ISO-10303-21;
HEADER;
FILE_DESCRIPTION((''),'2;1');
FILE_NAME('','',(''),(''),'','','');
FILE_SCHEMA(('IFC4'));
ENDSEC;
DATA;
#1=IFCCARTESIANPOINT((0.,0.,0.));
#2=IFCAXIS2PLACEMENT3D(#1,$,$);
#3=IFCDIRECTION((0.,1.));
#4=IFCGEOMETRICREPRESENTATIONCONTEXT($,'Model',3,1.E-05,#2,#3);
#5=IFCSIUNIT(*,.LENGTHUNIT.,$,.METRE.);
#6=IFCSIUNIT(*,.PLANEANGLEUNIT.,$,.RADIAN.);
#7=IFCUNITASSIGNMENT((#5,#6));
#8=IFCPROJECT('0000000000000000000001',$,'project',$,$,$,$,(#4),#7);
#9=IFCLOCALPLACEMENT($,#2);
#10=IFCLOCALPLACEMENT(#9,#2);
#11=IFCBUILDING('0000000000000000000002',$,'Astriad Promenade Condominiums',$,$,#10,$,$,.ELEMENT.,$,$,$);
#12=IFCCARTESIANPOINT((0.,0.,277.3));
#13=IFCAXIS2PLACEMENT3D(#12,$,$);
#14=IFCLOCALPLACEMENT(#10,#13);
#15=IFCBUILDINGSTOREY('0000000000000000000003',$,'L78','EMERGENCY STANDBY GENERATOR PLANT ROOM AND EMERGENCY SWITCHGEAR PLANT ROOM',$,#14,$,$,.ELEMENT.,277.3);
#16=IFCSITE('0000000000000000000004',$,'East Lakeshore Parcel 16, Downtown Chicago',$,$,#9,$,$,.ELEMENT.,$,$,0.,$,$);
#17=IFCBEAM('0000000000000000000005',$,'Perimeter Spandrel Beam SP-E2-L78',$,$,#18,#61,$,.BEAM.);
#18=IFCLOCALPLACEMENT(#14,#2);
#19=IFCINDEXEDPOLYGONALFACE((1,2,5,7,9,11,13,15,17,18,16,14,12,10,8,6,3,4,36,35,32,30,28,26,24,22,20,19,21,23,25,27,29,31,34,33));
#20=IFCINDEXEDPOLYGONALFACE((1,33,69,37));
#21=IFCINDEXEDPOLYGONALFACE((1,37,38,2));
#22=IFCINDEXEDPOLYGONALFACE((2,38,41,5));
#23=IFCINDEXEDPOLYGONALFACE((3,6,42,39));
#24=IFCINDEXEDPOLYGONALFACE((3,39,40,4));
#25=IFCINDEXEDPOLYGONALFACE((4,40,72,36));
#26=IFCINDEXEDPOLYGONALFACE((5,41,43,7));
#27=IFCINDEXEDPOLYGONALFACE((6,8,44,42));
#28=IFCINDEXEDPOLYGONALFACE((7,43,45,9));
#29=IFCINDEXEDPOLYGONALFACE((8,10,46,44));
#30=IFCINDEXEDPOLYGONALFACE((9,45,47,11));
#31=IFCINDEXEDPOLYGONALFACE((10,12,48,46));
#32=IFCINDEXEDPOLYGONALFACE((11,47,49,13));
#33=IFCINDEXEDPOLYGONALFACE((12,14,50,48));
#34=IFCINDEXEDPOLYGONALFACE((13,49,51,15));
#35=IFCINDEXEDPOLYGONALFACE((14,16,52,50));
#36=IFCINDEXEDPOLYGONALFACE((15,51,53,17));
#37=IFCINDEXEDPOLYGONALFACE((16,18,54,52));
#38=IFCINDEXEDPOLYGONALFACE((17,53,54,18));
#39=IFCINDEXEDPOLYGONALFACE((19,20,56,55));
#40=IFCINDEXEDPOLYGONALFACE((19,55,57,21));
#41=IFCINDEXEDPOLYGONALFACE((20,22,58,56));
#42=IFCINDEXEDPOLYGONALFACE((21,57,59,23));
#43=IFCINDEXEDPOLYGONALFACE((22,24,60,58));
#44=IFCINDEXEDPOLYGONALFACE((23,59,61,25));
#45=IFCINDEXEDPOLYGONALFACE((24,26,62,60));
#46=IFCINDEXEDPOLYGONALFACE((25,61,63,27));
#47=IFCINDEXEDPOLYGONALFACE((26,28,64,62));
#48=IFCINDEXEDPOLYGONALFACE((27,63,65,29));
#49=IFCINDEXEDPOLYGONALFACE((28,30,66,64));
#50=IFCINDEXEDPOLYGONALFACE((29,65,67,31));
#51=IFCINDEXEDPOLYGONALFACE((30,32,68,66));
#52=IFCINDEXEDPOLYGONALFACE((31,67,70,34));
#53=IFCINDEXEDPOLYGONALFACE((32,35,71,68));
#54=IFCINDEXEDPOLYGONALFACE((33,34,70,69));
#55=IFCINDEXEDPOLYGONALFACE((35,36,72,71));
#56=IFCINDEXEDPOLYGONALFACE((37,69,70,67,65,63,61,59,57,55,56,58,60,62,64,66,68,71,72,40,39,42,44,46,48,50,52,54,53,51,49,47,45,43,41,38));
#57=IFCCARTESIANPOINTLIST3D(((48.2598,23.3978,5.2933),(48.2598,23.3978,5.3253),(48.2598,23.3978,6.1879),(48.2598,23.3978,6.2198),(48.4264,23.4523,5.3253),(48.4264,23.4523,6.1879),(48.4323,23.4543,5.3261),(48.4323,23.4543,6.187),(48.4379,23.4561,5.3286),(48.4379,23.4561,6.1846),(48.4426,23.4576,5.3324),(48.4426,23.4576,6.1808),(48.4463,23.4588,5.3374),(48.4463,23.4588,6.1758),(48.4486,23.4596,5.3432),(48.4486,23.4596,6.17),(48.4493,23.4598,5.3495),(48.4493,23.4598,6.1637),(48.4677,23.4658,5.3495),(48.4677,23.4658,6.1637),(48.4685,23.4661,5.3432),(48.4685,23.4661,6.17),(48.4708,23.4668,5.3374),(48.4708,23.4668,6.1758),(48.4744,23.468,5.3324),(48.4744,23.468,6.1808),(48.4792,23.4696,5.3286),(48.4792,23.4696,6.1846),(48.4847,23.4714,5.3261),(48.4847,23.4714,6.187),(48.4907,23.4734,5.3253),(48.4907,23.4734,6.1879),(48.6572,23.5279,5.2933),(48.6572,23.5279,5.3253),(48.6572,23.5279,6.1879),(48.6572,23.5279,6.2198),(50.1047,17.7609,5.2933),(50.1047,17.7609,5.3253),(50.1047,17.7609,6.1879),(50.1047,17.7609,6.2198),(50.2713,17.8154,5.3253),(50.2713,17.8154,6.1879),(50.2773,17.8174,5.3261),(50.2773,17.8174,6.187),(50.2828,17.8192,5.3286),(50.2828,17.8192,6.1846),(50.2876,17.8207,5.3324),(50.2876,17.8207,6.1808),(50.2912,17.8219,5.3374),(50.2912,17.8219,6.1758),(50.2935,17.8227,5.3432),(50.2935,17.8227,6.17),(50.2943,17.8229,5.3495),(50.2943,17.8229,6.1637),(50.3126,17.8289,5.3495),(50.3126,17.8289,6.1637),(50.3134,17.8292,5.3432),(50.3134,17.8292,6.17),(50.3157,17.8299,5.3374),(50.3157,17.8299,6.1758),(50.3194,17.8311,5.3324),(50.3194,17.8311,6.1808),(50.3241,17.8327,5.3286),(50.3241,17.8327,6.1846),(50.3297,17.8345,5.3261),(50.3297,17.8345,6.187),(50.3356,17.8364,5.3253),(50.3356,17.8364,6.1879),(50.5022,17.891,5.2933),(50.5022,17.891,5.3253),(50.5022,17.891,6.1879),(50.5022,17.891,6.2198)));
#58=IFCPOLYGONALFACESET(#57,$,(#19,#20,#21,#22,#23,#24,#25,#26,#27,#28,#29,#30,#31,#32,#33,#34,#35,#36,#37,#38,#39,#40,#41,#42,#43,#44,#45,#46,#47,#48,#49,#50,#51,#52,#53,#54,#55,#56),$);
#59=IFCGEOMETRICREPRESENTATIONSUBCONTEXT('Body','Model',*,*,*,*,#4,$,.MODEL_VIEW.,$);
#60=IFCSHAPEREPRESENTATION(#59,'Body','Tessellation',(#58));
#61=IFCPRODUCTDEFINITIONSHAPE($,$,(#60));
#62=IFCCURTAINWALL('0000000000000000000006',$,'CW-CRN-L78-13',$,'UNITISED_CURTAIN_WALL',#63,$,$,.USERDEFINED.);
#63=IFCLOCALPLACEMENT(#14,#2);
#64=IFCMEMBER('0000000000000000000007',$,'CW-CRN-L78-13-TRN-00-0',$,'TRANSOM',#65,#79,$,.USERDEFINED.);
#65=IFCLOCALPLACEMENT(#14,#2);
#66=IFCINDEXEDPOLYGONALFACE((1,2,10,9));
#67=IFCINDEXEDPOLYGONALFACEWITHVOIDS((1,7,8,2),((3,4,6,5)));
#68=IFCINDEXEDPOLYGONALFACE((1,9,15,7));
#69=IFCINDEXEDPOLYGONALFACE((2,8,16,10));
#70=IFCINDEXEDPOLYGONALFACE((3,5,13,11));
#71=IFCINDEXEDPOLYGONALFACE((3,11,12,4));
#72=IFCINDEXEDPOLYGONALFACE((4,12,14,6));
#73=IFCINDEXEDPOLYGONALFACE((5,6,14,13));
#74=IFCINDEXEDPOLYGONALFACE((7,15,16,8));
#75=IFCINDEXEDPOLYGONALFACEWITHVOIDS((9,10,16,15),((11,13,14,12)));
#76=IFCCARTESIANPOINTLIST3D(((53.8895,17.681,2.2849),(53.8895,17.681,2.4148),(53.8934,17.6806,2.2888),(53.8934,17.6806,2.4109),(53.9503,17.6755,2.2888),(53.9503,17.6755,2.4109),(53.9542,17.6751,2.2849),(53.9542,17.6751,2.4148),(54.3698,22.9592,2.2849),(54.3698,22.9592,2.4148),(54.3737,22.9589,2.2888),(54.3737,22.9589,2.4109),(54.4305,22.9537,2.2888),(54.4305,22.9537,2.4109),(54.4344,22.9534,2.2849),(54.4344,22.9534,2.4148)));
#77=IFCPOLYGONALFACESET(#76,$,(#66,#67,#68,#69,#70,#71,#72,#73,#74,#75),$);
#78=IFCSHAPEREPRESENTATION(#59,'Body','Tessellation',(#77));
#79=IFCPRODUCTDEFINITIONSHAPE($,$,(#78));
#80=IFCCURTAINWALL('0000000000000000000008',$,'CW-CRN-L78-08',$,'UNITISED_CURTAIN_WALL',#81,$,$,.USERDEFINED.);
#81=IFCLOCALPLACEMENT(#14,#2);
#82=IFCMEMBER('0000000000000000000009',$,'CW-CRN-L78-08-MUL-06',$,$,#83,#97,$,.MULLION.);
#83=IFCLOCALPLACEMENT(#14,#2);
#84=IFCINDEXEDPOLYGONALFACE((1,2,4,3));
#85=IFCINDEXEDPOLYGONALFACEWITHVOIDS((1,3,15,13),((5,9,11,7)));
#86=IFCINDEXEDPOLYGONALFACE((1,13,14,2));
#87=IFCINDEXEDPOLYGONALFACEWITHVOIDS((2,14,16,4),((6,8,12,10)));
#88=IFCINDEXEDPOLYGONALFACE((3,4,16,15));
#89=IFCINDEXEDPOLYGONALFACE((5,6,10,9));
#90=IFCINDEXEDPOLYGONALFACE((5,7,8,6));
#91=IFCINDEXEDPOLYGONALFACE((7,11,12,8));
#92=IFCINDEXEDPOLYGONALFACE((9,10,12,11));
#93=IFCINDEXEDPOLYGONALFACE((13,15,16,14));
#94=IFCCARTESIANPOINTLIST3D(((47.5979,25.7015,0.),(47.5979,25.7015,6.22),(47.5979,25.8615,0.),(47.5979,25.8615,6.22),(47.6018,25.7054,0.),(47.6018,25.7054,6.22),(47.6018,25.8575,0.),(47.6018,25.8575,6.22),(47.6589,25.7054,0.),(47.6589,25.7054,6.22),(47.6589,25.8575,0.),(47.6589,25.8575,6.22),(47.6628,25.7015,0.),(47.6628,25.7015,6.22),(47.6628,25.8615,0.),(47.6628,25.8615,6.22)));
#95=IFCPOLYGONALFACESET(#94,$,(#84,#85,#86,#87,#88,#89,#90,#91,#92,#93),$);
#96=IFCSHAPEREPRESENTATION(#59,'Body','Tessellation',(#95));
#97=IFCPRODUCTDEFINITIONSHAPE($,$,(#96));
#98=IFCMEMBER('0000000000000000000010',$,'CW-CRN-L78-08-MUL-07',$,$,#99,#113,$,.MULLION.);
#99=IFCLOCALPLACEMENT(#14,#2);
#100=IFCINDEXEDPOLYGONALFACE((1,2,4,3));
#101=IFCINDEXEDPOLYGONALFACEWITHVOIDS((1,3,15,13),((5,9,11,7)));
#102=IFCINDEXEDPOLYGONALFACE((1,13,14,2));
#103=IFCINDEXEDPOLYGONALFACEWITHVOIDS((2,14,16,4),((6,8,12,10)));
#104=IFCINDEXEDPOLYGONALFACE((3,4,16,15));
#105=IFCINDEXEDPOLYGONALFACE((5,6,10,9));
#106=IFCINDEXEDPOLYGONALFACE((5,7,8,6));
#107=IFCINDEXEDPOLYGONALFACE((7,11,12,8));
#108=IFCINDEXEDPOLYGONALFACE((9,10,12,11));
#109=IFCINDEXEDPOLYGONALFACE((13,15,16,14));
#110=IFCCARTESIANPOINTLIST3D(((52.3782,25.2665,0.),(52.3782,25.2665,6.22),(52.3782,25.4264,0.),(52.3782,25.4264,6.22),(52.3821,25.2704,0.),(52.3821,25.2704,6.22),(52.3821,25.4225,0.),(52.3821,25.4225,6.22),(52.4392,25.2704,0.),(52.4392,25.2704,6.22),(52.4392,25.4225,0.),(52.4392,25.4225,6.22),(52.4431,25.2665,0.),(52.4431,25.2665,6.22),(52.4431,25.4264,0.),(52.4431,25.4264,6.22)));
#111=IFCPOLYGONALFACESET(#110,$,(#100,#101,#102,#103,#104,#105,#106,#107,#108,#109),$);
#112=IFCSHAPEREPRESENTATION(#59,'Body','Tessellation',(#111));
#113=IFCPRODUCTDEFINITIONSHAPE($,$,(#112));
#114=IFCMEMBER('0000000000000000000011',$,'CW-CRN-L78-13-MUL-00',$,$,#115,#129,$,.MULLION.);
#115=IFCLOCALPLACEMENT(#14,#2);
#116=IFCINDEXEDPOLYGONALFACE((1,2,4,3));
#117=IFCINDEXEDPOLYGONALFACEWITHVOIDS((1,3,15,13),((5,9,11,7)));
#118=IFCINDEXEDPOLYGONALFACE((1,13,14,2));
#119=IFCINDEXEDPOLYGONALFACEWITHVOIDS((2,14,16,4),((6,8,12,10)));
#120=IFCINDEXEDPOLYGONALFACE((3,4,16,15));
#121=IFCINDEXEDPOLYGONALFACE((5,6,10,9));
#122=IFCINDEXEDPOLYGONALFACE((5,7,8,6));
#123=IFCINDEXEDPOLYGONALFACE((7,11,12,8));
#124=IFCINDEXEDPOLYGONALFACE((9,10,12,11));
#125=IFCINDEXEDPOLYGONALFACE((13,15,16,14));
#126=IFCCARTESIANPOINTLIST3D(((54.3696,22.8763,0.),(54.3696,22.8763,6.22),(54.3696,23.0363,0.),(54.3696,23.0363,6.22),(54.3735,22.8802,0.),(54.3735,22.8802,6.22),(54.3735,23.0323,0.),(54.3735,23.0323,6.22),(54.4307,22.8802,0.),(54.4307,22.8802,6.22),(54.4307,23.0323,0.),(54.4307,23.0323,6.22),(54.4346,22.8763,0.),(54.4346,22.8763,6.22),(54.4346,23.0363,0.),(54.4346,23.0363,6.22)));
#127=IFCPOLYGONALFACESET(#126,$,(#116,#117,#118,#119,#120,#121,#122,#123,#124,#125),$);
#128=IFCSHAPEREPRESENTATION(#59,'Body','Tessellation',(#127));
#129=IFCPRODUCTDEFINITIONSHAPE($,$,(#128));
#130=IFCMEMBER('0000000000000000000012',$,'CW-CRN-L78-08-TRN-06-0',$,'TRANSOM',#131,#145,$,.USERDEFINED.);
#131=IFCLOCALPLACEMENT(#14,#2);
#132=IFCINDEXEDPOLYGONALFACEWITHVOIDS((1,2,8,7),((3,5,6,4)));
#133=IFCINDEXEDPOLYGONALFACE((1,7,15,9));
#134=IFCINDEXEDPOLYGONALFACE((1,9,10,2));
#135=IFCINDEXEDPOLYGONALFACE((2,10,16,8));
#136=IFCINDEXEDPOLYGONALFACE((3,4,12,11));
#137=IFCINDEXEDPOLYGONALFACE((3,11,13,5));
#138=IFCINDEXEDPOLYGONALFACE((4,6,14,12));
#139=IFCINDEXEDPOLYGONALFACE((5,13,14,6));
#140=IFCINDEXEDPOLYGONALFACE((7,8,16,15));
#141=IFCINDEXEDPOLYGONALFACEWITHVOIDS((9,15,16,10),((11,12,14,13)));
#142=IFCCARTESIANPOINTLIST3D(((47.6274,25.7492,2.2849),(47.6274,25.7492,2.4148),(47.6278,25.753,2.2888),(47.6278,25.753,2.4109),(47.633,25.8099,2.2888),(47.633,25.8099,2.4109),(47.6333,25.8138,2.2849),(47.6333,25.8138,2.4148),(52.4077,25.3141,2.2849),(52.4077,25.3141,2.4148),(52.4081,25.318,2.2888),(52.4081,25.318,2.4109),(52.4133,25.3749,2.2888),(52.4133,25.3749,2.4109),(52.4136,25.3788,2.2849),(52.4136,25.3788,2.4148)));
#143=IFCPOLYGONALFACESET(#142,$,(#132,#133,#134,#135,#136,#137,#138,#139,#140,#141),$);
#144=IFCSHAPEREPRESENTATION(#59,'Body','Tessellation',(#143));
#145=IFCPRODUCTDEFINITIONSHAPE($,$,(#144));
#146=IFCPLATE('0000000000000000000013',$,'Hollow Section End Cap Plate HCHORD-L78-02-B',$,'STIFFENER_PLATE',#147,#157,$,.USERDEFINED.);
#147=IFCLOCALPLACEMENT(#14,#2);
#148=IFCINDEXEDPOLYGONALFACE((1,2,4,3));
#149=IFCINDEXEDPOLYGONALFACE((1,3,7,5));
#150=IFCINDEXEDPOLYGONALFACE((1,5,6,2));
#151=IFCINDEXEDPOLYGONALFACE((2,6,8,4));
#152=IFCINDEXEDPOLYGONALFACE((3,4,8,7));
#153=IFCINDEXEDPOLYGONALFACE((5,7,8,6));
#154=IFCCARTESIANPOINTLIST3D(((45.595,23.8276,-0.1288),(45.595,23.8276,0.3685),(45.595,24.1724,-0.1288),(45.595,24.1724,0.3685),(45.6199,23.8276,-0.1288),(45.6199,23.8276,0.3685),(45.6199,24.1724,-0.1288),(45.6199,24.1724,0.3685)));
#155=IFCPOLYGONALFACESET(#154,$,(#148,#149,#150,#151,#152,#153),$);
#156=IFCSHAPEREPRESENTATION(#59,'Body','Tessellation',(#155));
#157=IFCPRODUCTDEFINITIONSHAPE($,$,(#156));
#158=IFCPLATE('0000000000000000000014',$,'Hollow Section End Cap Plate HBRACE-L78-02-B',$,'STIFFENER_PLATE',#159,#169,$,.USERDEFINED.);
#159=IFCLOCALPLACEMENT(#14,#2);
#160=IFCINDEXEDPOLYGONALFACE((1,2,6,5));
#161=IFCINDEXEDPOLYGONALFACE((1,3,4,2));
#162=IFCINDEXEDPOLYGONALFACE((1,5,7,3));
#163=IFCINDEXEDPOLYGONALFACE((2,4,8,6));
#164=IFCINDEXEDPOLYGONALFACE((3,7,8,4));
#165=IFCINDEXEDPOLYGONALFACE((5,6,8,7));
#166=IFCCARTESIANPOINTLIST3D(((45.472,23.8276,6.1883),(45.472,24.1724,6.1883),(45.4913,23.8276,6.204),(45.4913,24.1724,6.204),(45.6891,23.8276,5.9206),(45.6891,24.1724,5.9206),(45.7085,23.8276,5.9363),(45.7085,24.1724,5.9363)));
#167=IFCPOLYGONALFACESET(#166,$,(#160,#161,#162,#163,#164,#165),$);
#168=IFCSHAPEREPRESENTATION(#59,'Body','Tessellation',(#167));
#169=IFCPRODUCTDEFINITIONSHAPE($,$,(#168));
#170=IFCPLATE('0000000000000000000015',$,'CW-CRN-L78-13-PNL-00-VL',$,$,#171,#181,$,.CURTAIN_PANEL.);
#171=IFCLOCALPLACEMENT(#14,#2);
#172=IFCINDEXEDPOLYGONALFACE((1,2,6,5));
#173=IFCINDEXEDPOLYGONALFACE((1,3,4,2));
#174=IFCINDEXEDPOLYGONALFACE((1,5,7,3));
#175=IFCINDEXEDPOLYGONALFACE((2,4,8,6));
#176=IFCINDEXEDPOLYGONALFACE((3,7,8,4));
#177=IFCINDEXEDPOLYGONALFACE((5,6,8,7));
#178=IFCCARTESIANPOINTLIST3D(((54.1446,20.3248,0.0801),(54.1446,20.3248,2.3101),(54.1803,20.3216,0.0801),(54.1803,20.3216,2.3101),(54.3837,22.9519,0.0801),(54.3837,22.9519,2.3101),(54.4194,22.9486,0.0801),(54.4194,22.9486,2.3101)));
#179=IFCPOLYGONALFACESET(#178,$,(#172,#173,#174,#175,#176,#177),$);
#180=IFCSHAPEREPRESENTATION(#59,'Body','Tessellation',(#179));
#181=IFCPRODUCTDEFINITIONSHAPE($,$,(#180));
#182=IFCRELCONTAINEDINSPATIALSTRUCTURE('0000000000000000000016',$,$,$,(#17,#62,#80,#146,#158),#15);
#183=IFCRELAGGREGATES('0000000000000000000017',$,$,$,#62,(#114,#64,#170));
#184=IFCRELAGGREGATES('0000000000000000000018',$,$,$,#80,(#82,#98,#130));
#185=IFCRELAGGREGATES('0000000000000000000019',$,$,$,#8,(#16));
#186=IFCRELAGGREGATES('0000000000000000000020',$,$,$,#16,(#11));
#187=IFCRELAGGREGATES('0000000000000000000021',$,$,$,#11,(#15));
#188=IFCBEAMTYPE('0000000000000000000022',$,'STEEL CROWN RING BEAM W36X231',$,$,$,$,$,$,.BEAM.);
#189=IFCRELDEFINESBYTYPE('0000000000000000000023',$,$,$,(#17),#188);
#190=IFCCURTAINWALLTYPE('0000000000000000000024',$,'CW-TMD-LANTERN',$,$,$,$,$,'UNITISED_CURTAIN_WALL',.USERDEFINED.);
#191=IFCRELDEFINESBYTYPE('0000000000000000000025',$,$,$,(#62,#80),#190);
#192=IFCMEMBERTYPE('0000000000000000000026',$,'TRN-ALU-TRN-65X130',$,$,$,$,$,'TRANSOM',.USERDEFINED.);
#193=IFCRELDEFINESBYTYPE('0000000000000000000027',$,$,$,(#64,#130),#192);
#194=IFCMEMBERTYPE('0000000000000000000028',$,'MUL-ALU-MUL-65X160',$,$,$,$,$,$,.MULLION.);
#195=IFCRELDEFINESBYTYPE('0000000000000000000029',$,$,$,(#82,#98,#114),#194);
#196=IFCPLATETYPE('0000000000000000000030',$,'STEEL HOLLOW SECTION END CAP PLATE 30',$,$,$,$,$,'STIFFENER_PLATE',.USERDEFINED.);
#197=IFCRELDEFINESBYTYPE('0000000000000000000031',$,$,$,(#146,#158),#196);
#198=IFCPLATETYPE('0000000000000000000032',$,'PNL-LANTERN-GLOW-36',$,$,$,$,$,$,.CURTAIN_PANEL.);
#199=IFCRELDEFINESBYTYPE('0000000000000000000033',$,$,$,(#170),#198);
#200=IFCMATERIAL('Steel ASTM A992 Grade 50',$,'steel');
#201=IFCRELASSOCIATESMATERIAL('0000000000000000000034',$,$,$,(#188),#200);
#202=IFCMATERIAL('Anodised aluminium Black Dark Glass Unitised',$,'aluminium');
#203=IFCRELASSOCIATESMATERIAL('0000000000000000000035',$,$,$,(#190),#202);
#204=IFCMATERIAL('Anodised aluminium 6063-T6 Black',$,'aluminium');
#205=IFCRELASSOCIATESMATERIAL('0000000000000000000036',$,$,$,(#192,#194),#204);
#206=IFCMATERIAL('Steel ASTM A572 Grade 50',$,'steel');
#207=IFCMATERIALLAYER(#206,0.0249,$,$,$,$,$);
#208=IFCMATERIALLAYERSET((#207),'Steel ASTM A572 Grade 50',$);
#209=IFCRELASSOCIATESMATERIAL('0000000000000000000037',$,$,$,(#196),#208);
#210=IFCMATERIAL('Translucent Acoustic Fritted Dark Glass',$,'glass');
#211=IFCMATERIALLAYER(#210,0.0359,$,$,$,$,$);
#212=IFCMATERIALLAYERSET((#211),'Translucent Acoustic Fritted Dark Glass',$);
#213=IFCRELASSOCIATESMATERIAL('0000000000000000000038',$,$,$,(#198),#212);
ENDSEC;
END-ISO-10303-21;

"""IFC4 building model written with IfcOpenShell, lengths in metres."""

from ifc_helpers import new_model, si_unit, direction, frame, origin, origin_2d, place, context, subcontext, project, spatial, rectangle, hollow_rectangle, i_section, extrude, source, transform, mapped, material, layer, layer_set, material_profile, profile_set, type_object, type_shapes, element, aggregate, save


model = new_model("IFC4")

# Units and contexts
model_context = context("Model", 3, precision=1e-05, world=origin(), true_north=direction((0.0, 1.0)))
body_context = subcontext(model_context, "Body", "Model", "MODEL_VIEW")
ifc_project = project(units=[si_unit("LENGTHUNIT", "METRE"), si_unit("PLANEANGLEUNIT", "RADIAN")], contexts=[model_context])

# Site, building, storey
site_placement = place(None, origin())
site = spatial("IfcSite", under=ifc_project, at=site_placement, Name="East Lakeshore Parcel 16, Downtown Chicago", CompositionType="ELEMENT", RefElevation=0.0)
building_placement = place(site_placement, origin())
building = spatial("IfcBuilding", under=site, at=building_placement, Name="Astriad Promenade Condominiums", CompositionType="ELEMENT")
storey_placement = place(building_placement, frame((0.0, 0.0, 277.3)))
storey = spatial("IfcBuildingStorey", under=building, at=storey_placement, Name="L78", Description="EMERGENCY STANDBY GENERATOR PLANT ROOM AND EMERGENCY SWITCHGEAR PLANT ROOM", CompositionType="ELEMENT", Elevation=277.3)

# Shared definitions
ifc_material_1 = material(Name="Steel ASTM A992 Grade 50", Category="steel")

# Beam
ifc_material_profile_1 = material_profile(ifc_material_1, i_section(OverallWidth=0.4182, OverallDepth=0.9265, WebThickness=0.0193, FlangeThickness=0.032, FilletRadius=0.0242, at=origin_2d()), Name="W36X231")
ifc_profile_set_1 = profile_set([ifc_material_profile_1], Name="Steel ASTM A992 Grade 50")
beam_type_1 = type_object("IfcBeamType", Name="STEEL CROWN RING BEAM W36X231", PredefinedType="BEAM", material=ifc_profile_set_1)
shared_shape_1 = source(origin(), body_context, "Body", "SweptSolid", [
    extrude(i_section(OverallWidth=0.4182, OverallDepth=0.9265, WebThickness=0.0193, FlangeThickness=0.032, FilletRadius=0.0242, at=origin_2d()), origin(), (0.0, 0.0, 1.0), 5.9312),
])
type_shapes(beam_type_1, [shared_shape_1])
beam_1_placement = place(storey_placement, frame((50.3035, 17.8259, 5.7566), z_axis=(-0.311061, 0.95039, 0.0), x_axis=(-0.95039, -0.311061, 0.0)))
element("IfcBeam", 1, at=beam_1_placement, inside=storey, type_object=beam_type_1, Name="Perimeter Spandrel Beam SP-E2-L78", PredefinedType="BEAM", context=body_context, shape_type="MappedRepresentation", body=[
    mapped(shared_shape_1, transform((0.0, 0.0, 0.0), scale=1.0)),
])

# Curtain wall, member
ifc_material_2 = material(Name="Anodised aluminium Black Dark Glass Unitised", Category="aluminium")
curtain_wall_type = type_object("IfcCurtainWallType", Name="CW-TMD-LANTERN", ElementType="UNITISED_CURTAIN_WALL", PredefinedType="USERDEFINED", material=ifc_material_2)
curtain_wall_1_placement = place(storey_placement, origin())
curtain_wall_1 = element("IfcCurtainWall", 2, at=curtain_wall_1_placement, inside=storey, type_object=curtain_wall_type, Name="CW-CRN-L78-13", ObjectType="UNITISED_CURTAIN_WALL", PredefinedType="USERDEFINED")
ifc_material_3 = material(Name="Anodised aluminium 6063-T6 Black", Category="aluminium")
ifc_material_profile_2 = material_profile(ifc_material_3, hollow_rectangle(XDim=0.0649, YDim=0.1299, WallThickness=0.0039, at=origin_2d()), Name="ALU-TRN-65X130")
ifc_profile_set_2 = profile_set([ifc_material_profile_2], Name="Anodised aluminium 6063-T6 Black")
member_type_1 = type_object("IfcMemberType", Name="TRN-ALU-TRN-65X130", ElementType="TRANSOM", PredefinedType="USERDEFINED", material=ifc_profile_set_2)
shared_shape_2 = source(origin(), body_context, "Body", "SweptSolid", [
    extrude(hollow_rectangle(XDim=0.0649, YDim=0.1299, WallThickness=0.0039, at=origin_2d()), origin(), (0.0, 0.0, 1.0), 5.3),
])
member_1_placement = place(storey_placement, frame((54.4021, 22.9563, 2.3499), z_axis=(-0.090606, -0.995887, 0.0), x_axis=(0.995887, -0.090606, 0.0)))
member_1 = element("IfcMember", 3, at=member_1_placement, type_object=member_type_1, Name="CW-CRN-L78-13-TRN-00-0", ObjectType="TRANSOM", PredefinedType="USERDEFINED", context=body_context, shape_type="MappedRepresentation", body=[
    mapped(shared_shape_2, transform((0.0, 0.0, 0.0), scale=1.0)),
])

# Curtain wall, members
curtain_wall_2_placement = place(storey_placement, origin())
curtain_wall_2 = element("IfcCurtainWall", 4, at=curtain_wall_2_placement, inside=storey, type_object=curtain_wall_type, Name="CW-CRN-L78-08", ObjectType="UNITISED_CURTAIN_WALL", PredefinedType="USERDEFINED")
ifc_material_profile_3 = material_profile(ifc_material_3, hollow_rectangle(XDim=0.0649, YDim=0.1599, WallThickness=0.0039, at=origin_2d()), Name="ALU-MUL-65X160")
ifc_profile_set_3 = profile_set([ifc_material_profile_3], Name="Anodised aluminium 6063-T6 Black")
member_type_2 = type_object("IfcMemberType", Name="MUL-ALU-MUL-65X160", PredefinedType="MULLION", material=ifc_profile_set_3)
shared_shape_3 = source(origin(), body_context, "Body", "SweptSolid", [
    extrude(hollow_rectangle(XDim=0.0649, YDim=0.1599, WallThickness=0.0039, at=origin_2d()), origin(), (0.0, 0.0, 1.0), 6.22),
])
type_shapes(member_type_2, [shared_shape_3])
member_2_placement = place(storey_placement, frame((47.6304, 25.7815, 0.0), z_axis=(0.0, 0.0, 1.0), x_axis=(1.0, 0.0, 0.0)))
member_2 = element("IfcMember", 5, at=member_2_placement, type_object=member_type_2, Name="CW-CRN-L78-08-MUL-06", PredefinedType="MULLION", context=body_context, shape_type="MappedRepresentation", body=[
    mapped(shared_shape_3, transform((0.0, 0.0, 0.0), scale=1.0)),
])
member_3_placement = place(storey_placement, frame((52.4106, 25.3464, 0.0), z_axis=(0.0, 0.0, 1.0), x_axis=(1.0, 0.0, 0.0)))
member_3 = element("IfcMember", 6, at=member_3_placement, type_object=member_type_2, Name="CW-CRN-L78-08-MUL-07", PredefinedType="MULLION", context=body_context, shape_type="MappedRepresentation", body=[
    mapped(shared_shape_3, transform((0.0, 0.0, 0.0), scale=1.0)),
])

# Members
member_4_placement = place(storey_placement, frame((54.4021, 22.9563, 0.0), z_axis=(0.0, 0.0, 1.0), x_axis=(1.0, 0.0, 0.0)))
member_4 = element("IfcMember", 7, at=member_4_placement, type_object=member_type_2, Name="CW-CRN-L78-13-MUL-00", PredefinedType="MULLION", context=body_context, shape_type="MappedRepresentation", body=[
    mapped(shared_shape_3, transform((0.0, 0.0, 0.0), scale=1.0)),
])
shared_shape_4 = source(origin(), body_context, "Body", "SweptSolid", [
    extrude(hollow_rectangle(XDim=0.0649, YDim=0.1299, WallThickness=0.0039, at=origin_2d()), origin(), (0.0, 0.0, 1.0), 4.8),
])
type_shapes(member_type_1, [shared_shape_2, shared_shape_4])
member_5_placement = place(storey_placement, frame((47.6304, 25.7815, 2.3499), z_axis=(0.995884, -0.090637, 0.0), x_axis=(0.090637, 0.995884, 0.0)))
member_5 = element("IfcMember", 8, at=member_5_placement, type_object=member_type_1, Name="CW-CRN-L78-08-TRN-06-0", ObjectType="TRANSOM", PredefinedType="USERDEFINED", context=body_context, shape_type="MappedRepresentation", body=[
    mapped(shared_shape_4, transform((0.0, 0.0, 0.0), scale=1.0)),
])

# Plates
ifc_material_4 = material(Name="Steel ASTM A572 Grade 50", Category="steel")
ifc_layer_1 = layer(ifc_material_4, 0.0249)
ifc_layer_set_1 = layer_set([ifc_layer_1], Name="Steel ASTM A572 Grade 50")
plate_type_1 = type_object("IfcPlateType", Name="STEEL HOLLOW SECTION END CAP PLATE 30", ElementType="STIFFENER_PLATE", PredefinedType="USERDEFINED", material=ifc_layer_set_1)
shared_shape_5 = source(origin(), body_context, "Body", "SweptSolid", [
    extrude(rectangle(XDim=0.3447, YDim=0.4973, at=origin_2d()), origin(), (0.0, 0.0, 1.0), 0.0249),
])
plate_1_placement = place(storey_placement, frame((45.595, 24.0, 0.1199), z_axis=(1.0, 0.0, 0.0), x_axis=(0.0, 1.0, 0.0)))
element("IfcPlate", 9, at=plate_1_placement, inside=storey, type_object=plate_type_1, Name="Hollow Section End Cap Plate HCHORD-L78-02-B", ObjectType="STIFFENER_PLATE", PredefinedType="USERDEFINED", context=body_context, shape_type="MappedRepresentation", body=[
    mapped(shared_shape_5, transform((0.0, 0.0, 0.0), scale=1.0)),
])
shared_shape_6 = source(origin(), body_context, "Body", "SweptSolid", [
    extrude(rectangle(XDim=0.3447, YDim=0.3447, at=origin_2d()), origin(), (0.0, 0.0, 1.0), 0.0249),
])
type_shapes(plate_type_1, [shared_shape_5, shared_shape_6])
plate_2_placement = place(storey_placement, frame((45.5806, 24.0, 6.0544), z_axis=(0.776676, 0.0, 0.629901), x_axis=(0.0, 1.0, 0.0)))
element("IfcPlate", 10, at=plate_2_placement, inside=storey, type_object=plate_type_1, Name="Hollow Section End Cap Plate HBRACE-L78-02-B", ObjectType="STIFFENER_PLATE", PredefinedType="USERDEFINED", context=body_context, shape_type="MappedRepresentation", body=[
    mapped(shared_shape_6, transform((0.0, 0.0, 0.0), scale=1.0)),
])

# Plate
ifc_material_5 = material(Name="Translucent Acoustic Fritted Dark Glass", Category="glass")
ifc_layer_2 = layer(ifc_material_5, 0.0359)
ifc_layer_set_2 = layer_set([ifc_layer_2], Name="Translucent Acoustic Fritted Dark Glass")
plate_type_2 = type_object("IfcPlateType", Name="PNL-LANTERN-GLOW-36", PredefinedType="CURTAIN_PANEL", material=ifc_layer_set_2)
shared_shape_7 = source(origin(), body_context, "Body", "SweptSolid", [
    extrude(rectangle(XDim=2.6379, YDim=0.0359, at=origin_2d()), origin(), (0.0, 0.0, 1.0), 2.23),
])
plate_3_placement = place(storey_placement, frame((54.282, 21.6367, 0.0801), z_axis=(0.0, 0.0, 1.0), x_axis=(-0.090633, -0.995884, 0.0)))
plate_3 = element("IfcPlate", 11, at=plate_3_placement, type_object=plate_type_2, Name="CW-CRN-L78-13-PNL-00-VL", PredefinedType="CURTAIN_PANEL", context=body_context, shape_type="MappedRepresentation", body=[
    mapped(shared_shape_7, transform((0.0, 0.0, 0.0), scale=1.0)),
])
aggregate(curtain_wall_1, [member_4, member_1, plate_3])

aggregate(curtain_wall_2, [member_2, member_3, member_5])

save(model, "model.ifc")
